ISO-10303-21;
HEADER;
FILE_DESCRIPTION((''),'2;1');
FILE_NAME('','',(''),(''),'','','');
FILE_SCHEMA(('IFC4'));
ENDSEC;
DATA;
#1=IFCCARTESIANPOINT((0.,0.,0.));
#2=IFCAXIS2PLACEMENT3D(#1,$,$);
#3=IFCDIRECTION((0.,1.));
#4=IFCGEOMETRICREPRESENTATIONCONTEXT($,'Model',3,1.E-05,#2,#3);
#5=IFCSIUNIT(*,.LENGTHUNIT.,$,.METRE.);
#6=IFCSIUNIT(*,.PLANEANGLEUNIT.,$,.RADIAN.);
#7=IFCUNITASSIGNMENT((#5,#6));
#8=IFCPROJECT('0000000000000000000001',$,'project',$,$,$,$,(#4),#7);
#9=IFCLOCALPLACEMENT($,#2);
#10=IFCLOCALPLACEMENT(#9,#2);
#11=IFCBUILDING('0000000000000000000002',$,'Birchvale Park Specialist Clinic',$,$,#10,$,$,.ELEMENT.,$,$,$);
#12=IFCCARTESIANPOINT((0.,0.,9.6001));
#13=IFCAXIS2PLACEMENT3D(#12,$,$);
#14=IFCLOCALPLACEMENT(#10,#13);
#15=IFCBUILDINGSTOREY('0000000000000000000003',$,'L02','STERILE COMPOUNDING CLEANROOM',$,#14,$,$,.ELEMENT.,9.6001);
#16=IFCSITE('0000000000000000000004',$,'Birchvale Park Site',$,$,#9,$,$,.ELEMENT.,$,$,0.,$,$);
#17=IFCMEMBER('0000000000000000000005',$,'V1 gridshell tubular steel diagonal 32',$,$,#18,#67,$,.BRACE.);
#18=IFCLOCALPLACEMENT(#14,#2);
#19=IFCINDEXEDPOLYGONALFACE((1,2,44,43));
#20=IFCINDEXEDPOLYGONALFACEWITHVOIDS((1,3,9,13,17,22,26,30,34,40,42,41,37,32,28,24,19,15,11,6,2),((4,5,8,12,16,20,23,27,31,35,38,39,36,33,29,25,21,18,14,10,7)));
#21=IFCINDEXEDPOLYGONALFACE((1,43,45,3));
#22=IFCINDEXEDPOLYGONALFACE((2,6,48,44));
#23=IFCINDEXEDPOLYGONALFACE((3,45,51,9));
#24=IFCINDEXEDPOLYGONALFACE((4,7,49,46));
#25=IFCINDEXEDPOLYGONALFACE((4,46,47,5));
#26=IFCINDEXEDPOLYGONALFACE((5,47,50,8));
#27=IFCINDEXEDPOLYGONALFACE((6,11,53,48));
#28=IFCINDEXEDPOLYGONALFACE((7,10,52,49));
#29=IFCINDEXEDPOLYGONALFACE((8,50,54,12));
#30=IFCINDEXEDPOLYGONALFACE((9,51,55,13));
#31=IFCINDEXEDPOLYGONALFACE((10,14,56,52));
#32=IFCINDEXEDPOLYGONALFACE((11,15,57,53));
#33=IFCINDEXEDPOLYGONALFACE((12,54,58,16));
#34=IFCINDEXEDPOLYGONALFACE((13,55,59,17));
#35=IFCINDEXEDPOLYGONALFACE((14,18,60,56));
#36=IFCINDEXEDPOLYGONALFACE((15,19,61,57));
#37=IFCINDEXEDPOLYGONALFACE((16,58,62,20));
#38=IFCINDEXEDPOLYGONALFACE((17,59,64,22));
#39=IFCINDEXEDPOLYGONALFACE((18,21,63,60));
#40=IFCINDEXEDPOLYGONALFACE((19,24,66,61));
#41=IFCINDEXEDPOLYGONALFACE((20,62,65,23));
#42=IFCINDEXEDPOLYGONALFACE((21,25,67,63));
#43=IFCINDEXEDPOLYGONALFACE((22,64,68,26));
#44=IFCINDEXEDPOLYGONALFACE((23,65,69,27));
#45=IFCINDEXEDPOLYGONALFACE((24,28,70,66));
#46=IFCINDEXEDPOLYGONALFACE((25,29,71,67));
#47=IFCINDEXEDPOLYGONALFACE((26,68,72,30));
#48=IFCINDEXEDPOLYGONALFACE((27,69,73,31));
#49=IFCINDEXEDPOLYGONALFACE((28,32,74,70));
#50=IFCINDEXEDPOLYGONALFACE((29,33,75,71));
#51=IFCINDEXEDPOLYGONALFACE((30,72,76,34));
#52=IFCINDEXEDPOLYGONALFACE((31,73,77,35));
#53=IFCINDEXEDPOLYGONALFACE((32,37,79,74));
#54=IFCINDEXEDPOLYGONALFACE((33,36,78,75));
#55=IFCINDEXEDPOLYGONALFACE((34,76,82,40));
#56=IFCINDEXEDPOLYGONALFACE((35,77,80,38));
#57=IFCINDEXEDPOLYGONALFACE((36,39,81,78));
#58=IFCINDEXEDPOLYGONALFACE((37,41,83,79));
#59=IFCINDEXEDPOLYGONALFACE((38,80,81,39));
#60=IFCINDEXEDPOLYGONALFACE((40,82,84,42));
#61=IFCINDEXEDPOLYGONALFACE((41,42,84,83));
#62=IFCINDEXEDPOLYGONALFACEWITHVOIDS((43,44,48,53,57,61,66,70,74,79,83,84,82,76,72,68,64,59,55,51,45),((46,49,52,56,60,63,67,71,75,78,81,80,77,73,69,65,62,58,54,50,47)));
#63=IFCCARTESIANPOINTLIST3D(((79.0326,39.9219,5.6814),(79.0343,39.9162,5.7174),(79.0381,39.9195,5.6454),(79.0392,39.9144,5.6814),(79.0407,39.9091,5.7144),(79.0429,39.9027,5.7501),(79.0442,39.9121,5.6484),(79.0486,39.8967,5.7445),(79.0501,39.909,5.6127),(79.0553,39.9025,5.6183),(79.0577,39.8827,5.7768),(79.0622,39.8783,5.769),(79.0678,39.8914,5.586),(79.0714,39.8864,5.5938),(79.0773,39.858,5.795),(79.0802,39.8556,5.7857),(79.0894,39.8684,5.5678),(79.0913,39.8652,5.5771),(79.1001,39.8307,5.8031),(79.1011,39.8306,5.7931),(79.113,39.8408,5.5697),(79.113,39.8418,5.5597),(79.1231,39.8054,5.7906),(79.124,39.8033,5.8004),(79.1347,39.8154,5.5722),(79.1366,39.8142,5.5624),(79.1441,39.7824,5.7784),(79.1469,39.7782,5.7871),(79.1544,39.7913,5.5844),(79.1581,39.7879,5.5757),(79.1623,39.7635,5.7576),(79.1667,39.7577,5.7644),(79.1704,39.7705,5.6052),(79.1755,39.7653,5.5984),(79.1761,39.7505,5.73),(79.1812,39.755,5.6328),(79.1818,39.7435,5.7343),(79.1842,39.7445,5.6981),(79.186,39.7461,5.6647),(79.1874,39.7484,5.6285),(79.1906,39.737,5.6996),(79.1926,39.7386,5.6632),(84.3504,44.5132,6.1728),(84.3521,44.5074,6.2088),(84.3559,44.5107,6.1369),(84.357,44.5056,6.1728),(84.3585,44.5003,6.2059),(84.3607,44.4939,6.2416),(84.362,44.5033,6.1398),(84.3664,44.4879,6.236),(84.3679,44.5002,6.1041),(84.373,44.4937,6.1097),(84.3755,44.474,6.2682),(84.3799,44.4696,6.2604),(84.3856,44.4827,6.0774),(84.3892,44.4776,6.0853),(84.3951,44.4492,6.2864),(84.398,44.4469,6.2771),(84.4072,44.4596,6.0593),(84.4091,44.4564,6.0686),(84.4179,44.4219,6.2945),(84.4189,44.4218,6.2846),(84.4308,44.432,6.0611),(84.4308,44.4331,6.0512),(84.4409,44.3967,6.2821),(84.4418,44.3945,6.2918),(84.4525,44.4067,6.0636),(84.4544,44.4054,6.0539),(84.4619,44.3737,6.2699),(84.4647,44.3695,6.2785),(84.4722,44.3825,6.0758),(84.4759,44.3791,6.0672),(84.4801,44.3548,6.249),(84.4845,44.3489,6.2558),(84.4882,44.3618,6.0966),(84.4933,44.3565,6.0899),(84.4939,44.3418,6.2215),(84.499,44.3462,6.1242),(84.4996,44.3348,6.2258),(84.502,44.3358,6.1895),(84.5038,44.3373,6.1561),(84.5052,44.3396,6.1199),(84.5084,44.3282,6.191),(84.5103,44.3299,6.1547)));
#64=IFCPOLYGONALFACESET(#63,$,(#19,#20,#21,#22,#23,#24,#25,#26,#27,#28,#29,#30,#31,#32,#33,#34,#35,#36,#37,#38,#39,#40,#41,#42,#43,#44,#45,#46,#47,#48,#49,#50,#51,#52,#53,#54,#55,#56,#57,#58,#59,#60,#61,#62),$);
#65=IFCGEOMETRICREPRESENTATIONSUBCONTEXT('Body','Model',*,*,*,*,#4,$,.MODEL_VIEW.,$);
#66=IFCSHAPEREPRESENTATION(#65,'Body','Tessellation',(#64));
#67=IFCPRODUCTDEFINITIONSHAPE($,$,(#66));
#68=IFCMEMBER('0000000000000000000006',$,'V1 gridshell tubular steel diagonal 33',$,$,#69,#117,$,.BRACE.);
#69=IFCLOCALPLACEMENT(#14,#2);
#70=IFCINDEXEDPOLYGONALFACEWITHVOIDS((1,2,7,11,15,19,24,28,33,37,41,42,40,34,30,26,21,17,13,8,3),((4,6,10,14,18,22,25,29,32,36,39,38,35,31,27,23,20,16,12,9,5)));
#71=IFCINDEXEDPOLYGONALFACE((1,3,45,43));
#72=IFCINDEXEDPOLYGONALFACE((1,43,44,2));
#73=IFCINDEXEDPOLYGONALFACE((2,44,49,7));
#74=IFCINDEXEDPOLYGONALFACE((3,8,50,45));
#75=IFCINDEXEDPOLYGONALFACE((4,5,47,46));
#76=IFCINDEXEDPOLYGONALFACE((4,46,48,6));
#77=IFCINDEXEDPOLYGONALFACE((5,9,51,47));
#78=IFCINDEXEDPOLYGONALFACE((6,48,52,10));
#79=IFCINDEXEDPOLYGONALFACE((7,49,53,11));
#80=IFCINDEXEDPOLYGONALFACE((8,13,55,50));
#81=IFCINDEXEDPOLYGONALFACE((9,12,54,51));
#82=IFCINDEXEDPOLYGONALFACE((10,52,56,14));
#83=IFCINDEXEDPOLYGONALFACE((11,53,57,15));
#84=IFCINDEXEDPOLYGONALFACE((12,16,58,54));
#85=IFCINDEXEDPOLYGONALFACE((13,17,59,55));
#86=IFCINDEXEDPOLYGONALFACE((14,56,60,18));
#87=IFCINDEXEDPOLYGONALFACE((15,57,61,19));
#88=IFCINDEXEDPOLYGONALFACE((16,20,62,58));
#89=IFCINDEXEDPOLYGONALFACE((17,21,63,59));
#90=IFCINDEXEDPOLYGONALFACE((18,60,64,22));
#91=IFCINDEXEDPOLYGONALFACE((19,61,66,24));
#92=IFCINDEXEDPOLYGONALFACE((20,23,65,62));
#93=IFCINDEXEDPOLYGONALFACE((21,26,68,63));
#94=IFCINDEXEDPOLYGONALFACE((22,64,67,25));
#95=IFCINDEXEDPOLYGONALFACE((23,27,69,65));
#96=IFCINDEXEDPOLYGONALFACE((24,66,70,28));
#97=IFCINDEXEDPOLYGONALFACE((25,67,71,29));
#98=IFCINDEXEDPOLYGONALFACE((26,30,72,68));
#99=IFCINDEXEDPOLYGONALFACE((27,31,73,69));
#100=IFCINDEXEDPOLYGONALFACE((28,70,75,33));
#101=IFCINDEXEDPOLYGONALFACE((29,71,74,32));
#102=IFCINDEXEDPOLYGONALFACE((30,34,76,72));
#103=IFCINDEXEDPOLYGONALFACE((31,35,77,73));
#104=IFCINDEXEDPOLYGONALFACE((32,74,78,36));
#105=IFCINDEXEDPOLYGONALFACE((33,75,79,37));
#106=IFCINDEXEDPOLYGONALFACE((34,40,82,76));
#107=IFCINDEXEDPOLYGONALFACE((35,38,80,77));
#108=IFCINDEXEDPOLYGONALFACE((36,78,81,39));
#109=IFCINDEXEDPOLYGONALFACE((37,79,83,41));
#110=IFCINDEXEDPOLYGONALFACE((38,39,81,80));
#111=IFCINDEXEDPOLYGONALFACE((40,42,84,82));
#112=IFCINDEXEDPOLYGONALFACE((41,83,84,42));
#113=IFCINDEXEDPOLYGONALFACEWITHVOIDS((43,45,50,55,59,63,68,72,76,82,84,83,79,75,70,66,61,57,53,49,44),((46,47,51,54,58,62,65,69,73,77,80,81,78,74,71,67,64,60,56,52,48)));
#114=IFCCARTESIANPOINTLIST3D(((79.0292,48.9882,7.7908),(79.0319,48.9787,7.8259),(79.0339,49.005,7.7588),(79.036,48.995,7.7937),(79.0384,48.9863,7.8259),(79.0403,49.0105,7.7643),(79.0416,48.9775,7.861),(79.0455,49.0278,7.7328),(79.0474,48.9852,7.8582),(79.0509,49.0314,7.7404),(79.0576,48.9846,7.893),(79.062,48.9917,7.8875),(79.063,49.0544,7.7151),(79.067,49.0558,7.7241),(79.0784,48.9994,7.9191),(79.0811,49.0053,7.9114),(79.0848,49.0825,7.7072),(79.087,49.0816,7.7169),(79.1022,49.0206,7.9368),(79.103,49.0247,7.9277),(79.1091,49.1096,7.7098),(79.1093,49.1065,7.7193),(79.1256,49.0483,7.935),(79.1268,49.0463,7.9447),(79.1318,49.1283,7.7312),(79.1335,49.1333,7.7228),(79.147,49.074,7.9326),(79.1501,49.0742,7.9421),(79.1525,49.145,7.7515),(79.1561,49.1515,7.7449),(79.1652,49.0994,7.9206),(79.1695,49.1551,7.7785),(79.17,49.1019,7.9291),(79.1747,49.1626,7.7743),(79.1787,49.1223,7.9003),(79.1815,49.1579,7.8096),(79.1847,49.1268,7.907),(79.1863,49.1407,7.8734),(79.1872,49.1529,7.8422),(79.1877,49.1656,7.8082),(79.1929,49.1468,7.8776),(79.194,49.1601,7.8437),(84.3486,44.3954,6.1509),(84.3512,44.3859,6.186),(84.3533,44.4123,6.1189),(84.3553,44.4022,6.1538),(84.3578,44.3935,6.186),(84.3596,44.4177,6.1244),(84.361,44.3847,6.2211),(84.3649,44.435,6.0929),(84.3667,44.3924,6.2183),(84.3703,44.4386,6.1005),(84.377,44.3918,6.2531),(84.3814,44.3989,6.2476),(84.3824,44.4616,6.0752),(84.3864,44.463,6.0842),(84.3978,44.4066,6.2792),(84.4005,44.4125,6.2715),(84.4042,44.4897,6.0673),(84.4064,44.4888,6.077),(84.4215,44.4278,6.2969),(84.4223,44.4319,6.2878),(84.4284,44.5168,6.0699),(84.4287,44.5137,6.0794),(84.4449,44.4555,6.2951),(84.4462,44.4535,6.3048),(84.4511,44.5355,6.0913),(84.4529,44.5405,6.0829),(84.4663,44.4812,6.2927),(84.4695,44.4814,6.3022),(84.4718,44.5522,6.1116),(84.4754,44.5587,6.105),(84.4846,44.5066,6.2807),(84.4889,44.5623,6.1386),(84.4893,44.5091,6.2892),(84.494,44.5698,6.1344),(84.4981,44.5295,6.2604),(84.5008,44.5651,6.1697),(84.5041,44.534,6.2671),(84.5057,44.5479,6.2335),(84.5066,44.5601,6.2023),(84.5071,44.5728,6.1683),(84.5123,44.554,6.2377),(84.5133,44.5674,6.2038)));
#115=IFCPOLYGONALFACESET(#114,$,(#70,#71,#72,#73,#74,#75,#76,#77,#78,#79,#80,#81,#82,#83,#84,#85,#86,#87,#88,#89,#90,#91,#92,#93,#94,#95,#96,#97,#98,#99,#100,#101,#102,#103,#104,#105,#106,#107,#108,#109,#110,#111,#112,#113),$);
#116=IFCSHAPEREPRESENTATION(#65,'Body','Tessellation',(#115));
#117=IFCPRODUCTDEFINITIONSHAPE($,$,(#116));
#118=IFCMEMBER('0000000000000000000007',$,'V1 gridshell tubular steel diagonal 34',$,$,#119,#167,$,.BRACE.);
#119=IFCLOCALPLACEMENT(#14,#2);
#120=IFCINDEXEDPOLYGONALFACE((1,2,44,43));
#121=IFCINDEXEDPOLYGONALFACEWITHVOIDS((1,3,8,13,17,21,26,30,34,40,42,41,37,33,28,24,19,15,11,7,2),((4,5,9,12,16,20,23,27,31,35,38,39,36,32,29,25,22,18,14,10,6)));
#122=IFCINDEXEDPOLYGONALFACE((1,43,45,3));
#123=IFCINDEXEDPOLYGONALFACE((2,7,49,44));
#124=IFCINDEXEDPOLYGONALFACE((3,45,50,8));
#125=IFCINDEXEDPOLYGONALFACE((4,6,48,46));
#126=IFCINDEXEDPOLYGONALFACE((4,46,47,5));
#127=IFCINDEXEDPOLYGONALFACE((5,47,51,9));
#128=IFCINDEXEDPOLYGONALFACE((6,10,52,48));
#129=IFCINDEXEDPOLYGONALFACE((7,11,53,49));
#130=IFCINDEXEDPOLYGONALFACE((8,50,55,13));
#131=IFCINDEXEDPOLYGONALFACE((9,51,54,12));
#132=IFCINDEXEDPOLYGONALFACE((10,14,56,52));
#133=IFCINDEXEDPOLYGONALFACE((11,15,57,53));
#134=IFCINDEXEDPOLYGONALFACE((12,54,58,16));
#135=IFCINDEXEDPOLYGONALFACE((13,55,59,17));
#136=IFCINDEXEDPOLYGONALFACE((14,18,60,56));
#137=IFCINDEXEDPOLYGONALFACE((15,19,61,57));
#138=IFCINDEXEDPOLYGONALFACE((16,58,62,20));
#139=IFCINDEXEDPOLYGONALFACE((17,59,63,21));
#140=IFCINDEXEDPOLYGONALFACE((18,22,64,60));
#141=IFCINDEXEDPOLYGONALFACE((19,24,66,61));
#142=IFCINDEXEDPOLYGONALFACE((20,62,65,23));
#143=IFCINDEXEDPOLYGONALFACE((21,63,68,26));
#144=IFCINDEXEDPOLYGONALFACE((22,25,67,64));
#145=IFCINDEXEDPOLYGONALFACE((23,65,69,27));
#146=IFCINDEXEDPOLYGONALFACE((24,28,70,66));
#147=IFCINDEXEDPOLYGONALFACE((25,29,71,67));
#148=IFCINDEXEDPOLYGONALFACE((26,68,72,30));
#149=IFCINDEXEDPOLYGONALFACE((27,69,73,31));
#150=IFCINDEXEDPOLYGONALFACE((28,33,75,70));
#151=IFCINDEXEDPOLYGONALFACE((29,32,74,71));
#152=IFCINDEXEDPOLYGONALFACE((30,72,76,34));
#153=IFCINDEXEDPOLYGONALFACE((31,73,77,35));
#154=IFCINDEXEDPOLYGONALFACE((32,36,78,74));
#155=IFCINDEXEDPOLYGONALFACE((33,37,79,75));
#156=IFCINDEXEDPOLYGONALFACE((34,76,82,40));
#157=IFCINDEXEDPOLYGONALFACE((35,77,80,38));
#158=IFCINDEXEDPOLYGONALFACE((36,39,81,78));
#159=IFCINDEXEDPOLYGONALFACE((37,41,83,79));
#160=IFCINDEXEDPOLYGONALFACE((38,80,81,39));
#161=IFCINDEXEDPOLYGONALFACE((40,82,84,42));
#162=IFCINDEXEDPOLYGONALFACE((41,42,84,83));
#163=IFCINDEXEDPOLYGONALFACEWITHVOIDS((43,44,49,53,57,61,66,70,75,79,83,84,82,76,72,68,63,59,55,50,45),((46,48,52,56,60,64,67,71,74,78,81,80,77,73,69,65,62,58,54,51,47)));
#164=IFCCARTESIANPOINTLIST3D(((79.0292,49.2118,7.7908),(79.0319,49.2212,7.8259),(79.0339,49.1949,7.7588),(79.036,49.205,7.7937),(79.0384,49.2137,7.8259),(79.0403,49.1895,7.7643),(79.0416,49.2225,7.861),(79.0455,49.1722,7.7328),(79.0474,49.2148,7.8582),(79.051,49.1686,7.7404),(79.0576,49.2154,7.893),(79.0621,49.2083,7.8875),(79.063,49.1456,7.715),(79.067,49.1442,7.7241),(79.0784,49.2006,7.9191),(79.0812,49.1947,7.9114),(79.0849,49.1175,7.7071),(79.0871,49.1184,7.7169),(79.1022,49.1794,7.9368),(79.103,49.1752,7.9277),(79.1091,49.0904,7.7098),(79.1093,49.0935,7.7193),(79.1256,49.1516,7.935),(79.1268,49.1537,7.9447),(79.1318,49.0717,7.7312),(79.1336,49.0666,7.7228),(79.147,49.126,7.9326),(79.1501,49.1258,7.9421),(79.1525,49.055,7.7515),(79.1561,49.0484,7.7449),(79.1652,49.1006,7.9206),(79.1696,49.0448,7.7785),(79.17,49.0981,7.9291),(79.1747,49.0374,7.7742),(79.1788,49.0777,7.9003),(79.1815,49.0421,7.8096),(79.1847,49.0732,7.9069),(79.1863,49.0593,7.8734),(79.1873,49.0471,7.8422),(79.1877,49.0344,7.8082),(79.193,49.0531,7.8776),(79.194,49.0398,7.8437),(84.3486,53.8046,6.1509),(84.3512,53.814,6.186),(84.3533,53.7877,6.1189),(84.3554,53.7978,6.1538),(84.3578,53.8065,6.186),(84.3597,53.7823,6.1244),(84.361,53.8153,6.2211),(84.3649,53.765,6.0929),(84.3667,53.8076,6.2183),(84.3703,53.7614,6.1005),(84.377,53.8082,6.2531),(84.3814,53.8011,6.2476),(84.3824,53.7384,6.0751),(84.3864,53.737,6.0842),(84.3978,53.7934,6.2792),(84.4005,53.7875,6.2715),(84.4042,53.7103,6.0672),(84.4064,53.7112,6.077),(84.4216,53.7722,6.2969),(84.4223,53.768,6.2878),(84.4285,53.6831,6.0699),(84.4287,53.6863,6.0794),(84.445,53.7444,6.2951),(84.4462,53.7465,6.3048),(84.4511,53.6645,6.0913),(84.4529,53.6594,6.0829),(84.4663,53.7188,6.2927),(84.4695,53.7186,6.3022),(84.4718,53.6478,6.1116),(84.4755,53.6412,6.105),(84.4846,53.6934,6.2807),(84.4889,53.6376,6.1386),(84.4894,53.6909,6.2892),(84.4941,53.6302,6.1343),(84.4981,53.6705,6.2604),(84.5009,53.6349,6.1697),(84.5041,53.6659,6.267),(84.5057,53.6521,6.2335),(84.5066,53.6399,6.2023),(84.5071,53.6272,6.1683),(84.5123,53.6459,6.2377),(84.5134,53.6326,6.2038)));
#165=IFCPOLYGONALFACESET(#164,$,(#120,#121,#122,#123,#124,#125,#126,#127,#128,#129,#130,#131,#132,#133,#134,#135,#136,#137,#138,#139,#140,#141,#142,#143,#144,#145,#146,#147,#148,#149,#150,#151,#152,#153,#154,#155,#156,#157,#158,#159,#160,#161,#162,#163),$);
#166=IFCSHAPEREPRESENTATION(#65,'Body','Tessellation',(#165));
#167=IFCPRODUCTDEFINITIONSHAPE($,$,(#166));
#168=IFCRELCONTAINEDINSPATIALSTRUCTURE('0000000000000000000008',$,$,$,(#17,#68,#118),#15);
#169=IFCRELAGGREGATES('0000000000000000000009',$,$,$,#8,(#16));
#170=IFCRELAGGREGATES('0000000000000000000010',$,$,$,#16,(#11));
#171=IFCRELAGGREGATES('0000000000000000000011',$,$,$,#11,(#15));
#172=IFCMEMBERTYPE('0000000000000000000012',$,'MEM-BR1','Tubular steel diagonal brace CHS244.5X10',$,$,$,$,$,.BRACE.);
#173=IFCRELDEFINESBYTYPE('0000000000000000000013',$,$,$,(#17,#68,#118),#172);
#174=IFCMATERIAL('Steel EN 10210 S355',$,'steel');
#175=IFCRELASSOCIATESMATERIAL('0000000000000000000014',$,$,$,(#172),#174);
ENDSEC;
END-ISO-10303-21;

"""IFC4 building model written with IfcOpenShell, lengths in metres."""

from ifc_helpers import new_model, si_unit, direction, frame, origin, origin_2d, place, context, subcontext, project, spatial, hollow_circle, extrude, material, material_profile, profile_set, type_object, element, save


model = new_model("IFC4")

# Units and contexts
model_context = context("Model", 3, precision=1e-05, world=origin(), true_north=direction((0.0, 1.0)))
body_context = subcontext(model_context, "Body", "Model", "MODEL_VIEW")
ifc_project = project(units=[si_unit("LENGTHUNIT", "METRE"), si_unit("PLANEANGLEUNIT", "RADIAN")], contexts=[model_context])

# Site, building, storey
site_placement = place(None, origin())
site = spatial("IfcSite", under=ifc_project, at=site_placement, Name="Birchvale Park Site", CompositionType="ELEMENT", RefElevation=0.0)
building_placement = place(site_placement, origin())
building = spatial("IfcBuilding", under=site, at=building_placement, Name="Birchvale Park Specialist Clinic", CompositionType="ELEMENT")
storey_placement = place(building_placement, frame((0.0, 0.0, 9.6001)))
storey = spatial("IfcBuildingStorey", under=building, at=storey_placement, Name="L02", Description="STERILE COMPOUNDING CLEANROOM", CompositionType="ELEMENT", Elevation=9.6001)

# Members
ifc_material_1 = material(Name="Steel EN 10210 S355", Category="steel")
ifc_material_profile_1 = material_profile(ifc_material_1, hollow_circle(Radius=0.1223, WallThickness=0.01, at=origin_2d()), Name="CHS244.5X10")
ifc_profile_set_1 = profile_set([ifc_material_profile_1], Name="Steel EN 10210 S355")
member_type_1 = type_object("IfcMemberType", Name="MEM-BR1", Description="Tubular steel diagonal brace CHS244.5X10", PredefinedType="BRACE", material=ifc_profile_set_1)
member_1_placement = place(storey_placement, frame((79.1125, 39.8293, 5.6814), z_axis=(0.755076, 0.651913, 0.069781), x_axis=(-0.653506, 0.756921, 0.0)))
element("IfcMember", 1, at=member_1_placement, inside=storey, type_object=member_type_1, Name="V1 gridshell tubular steel diagonal 32", PredefinedType="BRACE", context=body_context, shape_type="SweptSolid", body=[
    extrude(hollow_circle(Radius=0.1223, WallThickness=0.01, at=origin_2d()), origin(), (0.0, 0.0, 1.0), 7.0427),
])
for number, where, z_axis, x_axis, name in (
    (2, (84.4312, 44.4785, 6.186), (-0.737105, 0.636425, 0.227241), (-0.653522, -0.756907, 0.0), "V1 gridshell tubular steel diagonal 33"),
    (3, (79.1118, 49.1287, 7.8259), (0.737105, 0.636425, -0.227241), (-0.653522, 0.756907, 0.0), "V1 gridshell tubular steel diagonal 34"),
):
    element("IfcMember", number, at=place(storey_placement, frame(where, z_axis=z_axis, x_axis=x_axis)), inside=storey, type_object=member_type_1, Name=name, PredefinedType="BRACE", context=body_context, shape_type="SweptSolid", body=[
        extrude(hollow_circle(Radius=0.1223, WallThickness=0.01, at=origin_2d()), origin(), (0.0, 0.0, 1.0), 7.2166),
    ])

save(model, "model.ifc")
